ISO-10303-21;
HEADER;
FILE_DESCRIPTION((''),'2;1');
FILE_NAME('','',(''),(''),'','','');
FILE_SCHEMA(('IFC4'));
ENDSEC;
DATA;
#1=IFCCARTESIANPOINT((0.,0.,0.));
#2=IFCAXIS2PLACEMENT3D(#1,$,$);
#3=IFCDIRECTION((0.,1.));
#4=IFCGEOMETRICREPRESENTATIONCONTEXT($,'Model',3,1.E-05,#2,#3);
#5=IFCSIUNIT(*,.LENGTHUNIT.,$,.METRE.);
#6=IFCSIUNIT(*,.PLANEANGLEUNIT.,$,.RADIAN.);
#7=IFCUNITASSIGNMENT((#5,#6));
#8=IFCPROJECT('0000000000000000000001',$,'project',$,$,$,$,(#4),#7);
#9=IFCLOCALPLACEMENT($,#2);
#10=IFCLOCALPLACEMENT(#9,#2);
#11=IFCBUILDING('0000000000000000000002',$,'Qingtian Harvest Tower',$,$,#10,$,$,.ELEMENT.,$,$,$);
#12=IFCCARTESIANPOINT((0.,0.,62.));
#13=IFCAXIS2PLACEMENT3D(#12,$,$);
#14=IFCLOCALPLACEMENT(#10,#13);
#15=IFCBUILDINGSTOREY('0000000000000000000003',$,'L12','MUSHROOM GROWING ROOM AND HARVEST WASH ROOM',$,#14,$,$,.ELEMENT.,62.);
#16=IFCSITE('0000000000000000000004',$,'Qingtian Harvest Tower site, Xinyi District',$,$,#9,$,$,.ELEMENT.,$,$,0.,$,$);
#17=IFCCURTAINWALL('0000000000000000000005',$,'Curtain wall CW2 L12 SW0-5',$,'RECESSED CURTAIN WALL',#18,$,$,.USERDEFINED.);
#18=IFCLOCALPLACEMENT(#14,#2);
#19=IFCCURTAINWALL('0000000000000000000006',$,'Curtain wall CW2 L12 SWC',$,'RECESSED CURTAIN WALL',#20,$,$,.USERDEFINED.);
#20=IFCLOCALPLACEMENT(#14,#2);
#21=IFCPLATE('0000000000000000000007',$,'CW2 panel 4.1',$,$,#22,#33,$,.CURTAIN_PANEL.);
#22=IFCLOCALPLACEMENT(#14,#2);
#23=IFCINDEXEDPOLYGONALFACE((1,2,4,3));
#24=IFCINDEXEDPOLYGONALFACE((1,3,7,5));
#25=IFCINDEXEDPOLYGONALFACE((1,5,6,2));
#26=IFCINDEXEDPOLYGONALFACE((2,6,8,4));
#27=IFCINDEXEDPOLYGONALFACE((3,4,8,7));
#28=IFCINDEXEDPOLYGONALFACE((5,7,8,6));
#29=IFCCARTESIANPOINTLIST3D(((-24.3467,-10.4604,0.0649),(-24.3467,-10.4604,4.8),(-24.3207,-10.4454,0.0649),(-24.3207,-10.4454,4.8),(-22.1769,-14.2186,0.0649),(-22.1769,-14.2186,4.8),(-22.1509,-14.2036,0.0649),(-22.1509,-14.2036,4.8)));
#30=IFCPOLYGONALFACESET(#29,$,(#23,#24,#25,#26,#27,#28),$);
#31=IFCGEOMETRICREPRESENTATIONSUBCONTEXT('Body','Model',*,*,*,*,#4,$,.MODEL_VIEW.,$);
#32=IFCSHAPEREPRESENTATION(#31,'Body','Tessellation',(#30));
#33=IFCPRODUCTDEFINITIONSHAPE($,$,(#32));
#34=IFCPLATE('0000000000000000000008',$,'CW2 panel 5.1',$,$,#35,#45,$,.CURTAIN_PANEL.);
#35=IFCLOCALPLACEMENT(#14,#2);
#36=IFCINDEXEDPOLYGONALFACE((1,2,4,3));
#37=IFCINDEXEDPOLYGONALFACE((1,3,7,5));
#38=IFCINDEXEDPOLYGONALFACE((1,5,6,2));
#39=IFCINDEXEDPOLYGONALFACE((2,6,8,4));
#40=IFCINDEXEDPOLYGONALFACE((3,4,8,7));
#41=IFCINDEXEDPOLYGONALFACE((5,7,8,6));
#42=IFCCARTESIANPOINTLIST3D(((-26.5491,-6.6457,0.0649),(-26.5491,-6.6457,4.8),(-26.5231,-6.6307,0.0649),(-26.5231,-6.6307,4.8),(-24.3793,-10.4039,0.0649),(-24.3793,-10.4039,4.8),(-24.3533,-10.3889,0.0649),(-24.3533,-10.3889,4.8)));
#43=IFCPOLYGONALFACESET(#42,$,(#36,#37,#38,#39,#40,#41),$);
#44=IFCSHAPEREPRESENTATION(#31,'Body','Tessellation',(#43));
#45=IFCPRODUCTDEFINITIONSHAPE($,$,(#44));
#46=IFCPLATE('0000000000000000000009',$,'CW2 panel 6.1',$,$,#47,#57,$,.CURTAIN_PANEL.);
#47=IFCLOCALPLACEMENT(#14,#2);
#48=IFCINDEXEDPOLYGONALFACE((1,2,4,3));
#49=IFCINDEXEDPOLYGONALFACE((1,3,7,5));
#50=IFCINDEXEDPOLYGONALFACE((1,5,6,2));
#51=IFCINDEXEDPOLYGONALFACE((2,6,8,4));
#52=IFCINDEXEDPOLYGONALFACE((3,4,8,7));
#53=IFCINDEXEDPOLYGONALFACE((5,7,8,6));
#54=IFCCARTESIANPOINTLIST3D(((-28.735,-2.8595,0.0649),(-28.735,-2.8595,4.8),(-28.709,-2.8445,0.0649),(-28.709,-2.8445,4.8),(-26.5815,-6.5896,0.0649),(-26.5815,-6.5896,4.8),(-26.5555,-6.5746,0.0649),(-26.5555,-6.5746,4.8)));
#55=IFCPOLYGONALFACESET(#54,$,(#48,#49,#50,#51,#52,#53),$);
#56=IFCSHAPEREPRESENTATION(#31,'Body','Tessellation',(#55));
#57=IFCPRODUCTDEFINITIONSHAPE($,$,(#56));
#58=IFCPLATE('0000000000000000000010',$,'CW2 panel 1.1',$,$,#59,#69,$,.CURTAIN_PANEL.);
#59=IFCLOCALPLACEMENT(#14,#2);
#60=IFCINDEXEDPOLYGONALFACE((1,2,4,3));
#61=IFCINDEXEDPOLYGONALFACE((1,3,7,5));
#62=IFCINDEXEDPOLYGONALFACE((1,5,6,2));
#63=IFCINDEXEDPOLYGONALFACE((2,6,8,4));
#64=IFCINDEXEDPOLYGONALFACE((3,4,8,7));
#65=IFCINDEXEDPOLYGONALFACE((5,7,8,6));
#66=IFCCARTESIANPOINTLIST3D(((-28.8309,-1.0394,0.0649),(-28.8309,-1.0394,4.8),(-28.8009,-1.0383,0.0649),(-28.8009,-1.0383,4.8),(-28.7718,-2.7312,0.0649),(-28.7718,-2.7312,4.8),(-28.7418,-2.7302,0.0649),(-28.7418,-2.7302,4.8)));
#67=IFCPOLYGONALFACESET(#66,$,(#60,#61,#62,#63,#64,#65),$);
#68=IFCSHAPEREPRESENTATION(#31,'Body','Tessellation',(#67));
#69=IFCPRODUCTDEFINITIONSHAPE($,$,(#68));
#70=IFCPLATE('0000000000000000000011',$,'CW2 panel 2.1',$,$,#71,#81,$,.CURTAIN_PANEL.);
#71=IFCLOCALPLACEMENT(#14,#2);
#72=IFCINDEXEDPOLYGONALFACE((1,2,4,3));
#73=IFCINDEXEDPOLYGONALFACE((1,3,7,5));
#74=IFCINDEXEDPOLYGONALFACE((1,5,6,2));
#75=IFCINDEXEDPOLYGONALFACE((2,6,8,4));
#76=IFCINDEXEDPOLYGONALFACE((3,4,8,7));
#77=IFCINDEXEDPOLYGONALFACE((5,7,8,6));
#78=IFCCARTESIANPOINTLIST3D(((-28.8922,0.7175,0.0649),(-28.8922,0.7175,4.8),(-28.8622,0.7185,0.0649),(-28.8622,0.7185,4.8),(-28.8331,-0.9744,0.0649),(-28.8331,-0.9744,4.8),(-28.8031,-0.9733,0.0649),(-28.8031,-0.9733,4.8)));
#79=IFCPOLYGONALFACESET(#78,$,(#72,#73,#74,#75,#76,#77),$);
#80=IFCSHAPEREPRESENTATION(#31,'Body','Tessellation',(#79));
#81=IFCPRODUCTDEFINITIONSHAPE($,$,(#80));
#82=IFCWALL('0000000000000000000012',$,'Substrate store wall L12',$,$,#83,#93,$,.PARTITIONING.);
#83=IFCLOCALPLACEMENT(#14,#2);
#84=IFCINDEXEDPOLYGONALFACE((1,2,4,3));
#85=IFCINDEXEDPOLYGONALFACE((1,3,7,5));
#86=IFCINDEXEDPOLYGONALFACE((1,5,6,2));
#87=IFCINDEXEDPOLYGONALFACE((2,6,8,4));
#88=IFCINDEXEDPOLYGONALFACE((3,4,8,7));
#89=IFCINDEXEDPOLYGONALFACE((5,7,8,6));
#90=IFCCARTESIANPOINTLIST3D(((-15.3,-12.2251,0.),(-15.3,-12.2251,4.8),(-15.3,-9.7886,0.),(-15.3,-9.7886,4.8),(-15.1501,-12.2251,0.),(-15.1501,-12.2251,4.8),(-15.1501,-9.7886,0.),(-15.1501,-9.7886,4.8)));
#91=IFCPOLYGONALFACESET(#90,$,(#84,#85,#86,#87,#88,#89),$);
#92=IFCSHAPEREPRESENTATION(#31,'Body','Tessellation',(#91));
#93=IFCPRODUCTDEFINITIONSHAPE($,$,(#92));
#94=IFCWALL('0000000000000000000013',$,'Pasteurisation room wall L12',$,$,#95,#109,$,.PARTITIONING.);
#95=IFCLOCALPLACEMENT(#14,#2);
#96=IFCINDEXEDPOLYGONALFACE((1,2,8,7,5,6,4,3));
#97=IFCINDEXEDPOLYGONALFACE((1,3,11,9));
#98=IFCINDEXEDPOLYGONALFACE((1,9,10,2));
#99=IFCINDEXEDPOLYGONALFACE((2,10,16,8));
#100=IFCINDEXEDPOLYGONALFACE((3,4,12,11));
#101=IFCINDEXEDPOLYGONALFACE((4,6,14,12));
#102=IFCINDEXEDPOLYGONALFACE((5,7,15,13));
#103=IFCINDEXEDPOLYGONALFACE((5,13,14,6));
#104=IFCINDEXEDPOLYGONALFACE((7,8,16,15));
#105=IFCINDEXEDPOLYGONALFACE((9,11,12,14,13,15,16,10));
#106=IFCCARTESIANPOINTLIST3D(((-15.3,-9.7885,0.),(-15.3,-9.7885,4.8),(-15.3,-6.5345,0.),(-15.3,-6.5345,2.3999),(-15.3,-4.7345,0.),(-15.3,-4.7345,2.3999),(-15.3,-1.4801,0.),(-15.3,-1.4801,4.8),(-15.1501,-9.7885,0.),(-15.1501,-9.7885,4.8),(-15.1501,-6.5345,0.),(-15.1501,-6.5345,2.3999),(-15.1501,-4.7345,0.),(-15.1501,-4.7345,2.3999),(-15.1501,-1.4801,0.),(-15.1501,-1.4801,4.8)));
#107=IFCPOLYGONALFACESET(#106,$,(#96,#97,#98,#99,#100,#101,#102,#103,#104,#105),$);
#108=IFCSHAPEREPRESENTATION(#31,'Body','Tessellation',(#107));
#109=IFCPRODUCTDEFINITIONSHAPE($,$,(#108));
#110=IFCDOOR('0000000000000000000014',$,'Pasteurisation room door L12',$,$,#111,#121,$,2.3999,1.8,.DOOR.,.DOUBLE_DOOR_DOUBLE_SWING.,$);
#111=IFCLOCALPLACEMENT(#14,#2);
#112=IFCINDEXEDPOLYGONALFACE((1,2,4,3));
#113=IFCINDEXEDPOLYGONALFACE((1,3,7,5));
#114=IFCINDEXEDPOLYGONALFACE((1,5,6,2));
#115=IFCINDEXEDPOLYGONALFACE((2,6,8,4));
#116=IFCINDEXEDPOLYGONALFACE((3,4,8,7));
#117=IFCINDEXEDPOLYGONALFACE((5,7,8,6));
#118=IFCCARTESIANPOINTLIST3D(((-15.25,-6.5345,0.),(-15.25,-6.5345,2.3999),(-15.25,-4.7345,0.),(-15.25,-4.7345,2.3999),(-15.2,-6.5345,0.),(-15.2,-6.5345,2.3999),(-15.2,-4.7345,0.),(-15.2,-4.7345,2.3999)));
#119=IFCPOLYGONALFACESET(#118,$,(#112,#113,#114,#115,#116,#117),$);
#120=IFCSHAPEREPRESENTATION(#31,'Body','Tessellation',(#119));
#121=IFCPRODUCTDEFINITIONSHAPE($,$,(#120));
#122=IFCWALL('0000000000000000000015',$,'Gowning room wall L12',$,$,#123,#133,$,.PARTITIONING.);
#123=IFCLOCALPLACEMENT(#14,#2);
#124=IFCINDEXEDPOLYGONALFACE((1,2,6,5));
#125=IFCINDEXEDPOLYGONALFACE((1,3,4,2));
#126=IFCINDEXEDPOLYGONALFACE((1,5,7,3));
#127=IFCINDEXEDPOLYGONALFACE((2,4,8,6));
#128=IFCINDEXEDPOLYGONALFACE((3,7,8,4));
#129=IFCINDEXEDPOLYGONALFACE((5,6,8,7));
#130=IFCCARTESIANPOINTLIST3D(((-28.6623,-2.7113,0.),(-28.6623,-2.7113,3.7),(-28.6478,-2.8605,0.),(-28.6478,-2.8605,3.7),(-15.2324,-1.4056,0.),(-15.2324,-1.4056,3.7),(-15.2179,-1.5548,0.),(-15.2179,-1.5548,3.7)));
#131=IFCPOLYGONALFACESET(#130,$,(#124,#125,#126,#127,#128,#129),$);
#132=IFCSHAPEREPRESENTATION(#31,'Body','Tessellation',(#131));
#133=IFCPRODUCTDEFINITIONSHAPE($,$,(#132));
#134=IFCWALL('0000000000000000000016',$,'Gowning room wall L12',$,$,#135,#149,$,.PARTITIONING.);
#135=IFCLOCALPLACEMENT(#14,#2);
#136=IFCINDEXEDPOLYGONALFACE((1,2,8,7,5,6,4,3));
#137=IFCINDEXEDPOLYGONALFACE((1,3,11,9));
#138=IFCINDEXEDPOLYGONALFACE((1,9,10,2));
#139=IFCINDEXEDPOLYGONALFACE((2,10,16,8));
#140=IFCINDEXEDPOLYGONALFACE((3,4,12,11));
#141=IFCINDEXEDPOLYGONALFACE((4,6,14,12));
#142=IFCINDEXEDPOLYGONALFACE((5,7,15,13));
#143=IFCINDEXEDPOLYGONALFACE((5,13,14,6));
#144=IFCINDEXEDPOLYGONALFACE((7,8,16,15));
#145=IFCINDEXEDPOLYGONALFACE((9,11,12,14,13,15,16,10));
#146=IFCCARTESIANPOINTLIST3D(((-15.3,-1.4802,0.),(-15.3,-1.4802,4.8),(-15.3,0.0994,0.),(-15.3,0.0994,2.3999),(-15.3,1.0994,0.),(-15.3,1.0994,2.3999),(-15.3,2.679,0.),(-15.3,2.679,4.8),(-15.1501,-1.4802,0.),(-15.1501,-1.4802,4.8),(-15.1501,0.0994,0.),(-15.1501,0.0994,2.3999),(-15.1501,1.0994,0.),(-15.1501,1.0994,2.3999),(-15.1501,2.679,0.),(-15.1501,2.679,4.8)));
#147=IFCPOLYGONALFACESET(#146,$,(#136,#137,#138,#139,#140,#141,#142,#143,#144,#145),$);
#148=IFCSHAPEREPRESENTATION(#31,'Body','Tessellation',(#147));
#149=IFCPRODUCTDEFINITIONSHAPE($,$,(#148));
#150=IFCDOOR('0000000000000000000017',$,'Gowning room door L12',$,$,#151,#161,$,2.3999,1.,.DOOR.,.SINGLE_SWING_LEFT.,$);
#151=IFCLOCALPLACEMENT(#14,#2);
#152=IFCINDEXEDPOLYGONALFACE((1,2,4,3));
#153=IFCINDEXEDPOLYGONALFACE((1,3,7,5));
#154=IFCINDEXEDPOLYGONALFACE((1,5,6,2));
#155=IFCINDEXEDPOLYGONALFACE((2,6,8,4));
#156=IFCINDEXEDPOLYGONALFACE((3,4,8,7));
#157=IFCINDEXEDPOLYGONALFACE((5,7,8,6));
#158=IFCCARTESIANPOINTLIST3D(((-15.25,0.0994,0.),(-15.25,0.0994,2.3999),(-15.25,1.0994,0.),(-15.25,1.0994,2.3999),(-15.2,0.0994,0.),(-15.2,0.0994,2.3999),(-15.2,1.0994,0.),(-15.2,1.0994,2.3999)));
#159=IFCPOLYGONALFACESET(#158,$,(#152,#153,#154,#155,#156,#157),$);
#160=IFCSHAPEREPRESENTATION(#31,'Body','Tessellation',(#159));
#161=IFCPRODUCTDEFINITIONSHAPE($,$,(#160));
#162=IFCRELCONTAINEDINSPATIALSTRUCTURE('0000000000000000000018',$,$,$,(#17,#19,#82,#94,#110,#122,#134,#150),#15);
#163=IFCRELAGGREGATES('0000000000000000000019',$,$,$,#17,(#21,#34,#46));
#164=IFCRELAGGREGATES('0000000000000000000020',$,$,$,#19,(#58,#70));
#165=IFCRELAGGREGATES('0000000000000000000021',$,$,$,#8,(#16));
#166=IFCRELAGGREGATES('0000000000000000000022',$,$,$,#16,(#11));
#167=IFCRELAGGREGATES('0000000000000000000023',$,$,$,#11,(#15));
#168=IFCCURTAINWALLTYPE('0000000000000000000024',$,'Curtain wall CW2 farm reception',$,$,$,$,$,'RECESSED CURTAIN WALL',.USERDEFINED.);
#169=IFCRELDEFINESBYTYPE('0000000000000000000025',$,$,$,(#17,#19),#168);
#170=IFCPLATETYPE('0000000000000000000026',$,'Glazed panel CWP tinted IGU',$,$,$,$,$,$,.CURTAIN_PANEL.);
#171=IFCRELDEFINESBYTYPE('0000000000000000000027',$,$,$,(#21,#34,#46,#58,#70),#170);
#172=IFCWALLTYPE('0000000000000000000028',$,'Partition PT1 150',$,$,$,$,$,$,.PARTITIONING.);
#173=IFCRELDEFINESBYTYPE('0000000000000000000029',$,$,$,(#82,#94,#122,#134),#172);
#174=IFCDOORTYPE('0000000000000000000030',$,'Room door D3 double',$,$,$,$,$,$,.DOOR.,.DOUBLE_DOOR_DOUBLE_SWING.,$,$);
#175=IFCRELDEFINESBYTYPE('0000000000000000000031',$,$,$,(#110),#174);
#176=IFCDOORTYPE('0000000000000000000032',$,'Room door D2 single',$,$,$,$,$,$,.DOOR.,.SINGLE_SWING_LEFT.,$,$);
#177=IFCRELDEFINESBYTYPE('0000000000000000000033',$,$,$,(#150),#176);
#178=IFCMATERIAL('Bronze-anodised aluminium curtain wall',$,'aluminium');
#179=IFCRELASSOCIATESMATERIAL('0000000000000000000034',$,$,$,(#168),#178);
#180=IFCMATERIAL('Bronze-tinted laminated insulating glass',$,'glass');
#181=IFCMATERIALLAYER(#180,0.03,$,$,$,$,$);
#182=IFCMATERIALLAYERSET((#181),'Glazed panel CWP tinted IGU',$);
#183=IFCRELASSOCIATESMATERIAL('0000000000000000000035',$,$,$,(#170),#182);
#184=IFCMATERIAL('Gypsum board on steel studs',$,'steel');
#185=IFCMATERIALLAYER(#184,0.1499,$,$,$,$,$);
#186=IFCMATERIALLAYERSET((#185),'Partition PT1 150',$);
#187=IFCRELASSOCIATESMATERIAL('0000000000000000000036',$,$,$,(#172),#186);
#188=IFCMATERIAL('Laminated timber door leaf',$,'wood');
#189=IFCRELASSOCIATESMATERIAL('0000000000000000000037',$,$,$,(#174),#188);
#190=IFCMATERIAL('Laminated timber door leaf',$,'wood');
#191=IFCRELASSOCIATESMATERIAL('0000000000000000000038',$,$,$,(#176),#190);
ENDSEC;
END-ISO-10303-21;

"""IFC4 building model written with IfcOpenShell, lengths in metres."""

from ifc_helpers import new_model, si_unit, direction, frame, frame_2d, origin, origin_2d, place, context, subcontext, project, spatial, rectangle, extrude, material, layer, layer_set, type_object, element, fill, aggregate, save


model = new_model("IFC4")

# Units and contexts
model_context = context("Model", 3, precision=1e-05, world=origin(), true_north=direction((0.0, 1.0)))
body_context = subcontext(model_context, "Body", "Model", "MODEL_VIEW")
ifc_project = project(units=[si_unit("LENGTHUNIT", "METRE"), si_unit("PLANEANGLEUNIT", "RADIAN")], contexts=[model_context])

# Site, building, storey
site_placement = place(None, origin())
site = spatial("IfcSite", under=ifc_project, at=site_placement, Name="Qingtian Harvest Tower site, Xinyi District", CompositionType="ELEMENT", RefElevation=0.0)
building_placement = place(site_placement, origin())
building = spatial("IfcBuilding", under=site, at=building_placement, Name="Qingtian Harvest Tower", CompositionType="ELEMENT")
storey_placement = place(building_placement, frame((0.0, 0.0, 62.0)))
storey = spatial("IfcBuildingStorey", under=building, at=storey_placement, Name="L12", Description="MUSHROOM GROWING ROOM AND HARVEST WASH ROOM", CompositionType="ELEMENT", Elevation=62.0)

# Curtain walls
ifc_material_1 = material(Name="Bronze-anodised aluminium curtain wall", Category="aluminium")
curtain_wall_type = type_object("IfcCurtainWallType", Name="Curtain wall CW2 farm reception", ElementType="RECESSED CURTAIN WALL", PredefinedType="USERDEFINED", material=ifc_material_1)
curtain_wall_1_placement = place(storey_placement, origin())
curtain_wall_1 = element("IfcCurtainWall", 1, at=curtain_wall_1_placement, inside=storey, type_object=curtain_wall_type, Name="Curtain wall CW2 L12 SW0-5", ObjectType="RECESSED CURTAIN WALL", PredefinedType="USERDEFINED")
curtain_wall_2_placement = place(storey_placement, origin())
curtain_wall_2 = element("IfcCurtainWall", 2, at=curtain_wall_2_placement, inside=storey, type_object=curtain_wall_type, Name="Curtain wall CW2 L12 SWC", ObjectType="RECESSED CURTAIN WALL", PredefinedType="USERDEFINED")

# Plates
ifc_material_2 = material(Name="Bronze-tinted laminated insulating glass", Category="glass")
ifc_layer_1 = layer(ifc_material_2, 0.03)
ifc_layer_set_1 = layer_set([ifc_layer_1], Name="Glazed panel CWP tinted IGU")
plate_type = type_object("IfcPlateType", Name="Glazed panel CWP tinted IGU", PredefinedType="CURTAIN_PANEL", material=ifc_layer_set_1)
plate_1_placement = place(storey_placement, frame((-23.2488, -12.332, 0.0649), z_axis=(0.0, 0.0, 1.0), x_axis=(-0.5, 0.866025, 0.0)))
plate_1 = element("IfcPlate", 3, at=plate_1_placement, type_object=plate_type, Name="CW2 panel 4.1", PredefinedType="CURTAIN_PANEL", context=body_context, shape_type="SweptSolid", body=[
    extrude(rectangle(XDim=4.3396, YDim=0.03, at=origin_2d()), origin(), (0.0, 0.0, 1.0), 4.7351),
])
plate_2_placement = place(storey_placement, frame((-25.4512, -8.5173, 0.0649), z_axis=(0.0, 0.0, 1.0), x_axis=(-0.5, 0.866025, 0.0)))
plate_2 = element("IfcPlate", 4, at=plate_2_placement, type_object=plate_type, Name="CW2 panel 5.1", PredefinedType="CURTAIN_PANEL", context=body_context, shape_type="SweptSolid", body=[
    extrude(rectangle(XDim=4.3396, YDim=0.03, at=origin_2d()), origin(), (0.0, 0.0, 1.0), 4.7351),
])
plate_3_placement = place(storey_placement, frame((-27.6453, -4.717, 0.0649), z_axis=(0.0, 0.0, 1.0), x_axis=(-0.5, 0.866025, 0.0)))
plate_3 = element("IfcPlate", 5, at=plate_3_placement, type_object=plate_type, Name="CW2 panel 6.1", PredefinedType="CURTAIN_PANEL", context=body_context, shape_type="SweptSolid", body=[
    extrude(rectangle(XDim=4.3071, YDim=0.03, at=origin_2d()), origin(), (0.0, 0.0, 1.0), 4.7351),
])
aggregate(curtain_wall_1, [plate_1, plate_2, plate_3])
plate_4_placement = place(storey_placement, frame((-28.7864, -1.8848, 0.0649), z_axis=(0.0, 0.0, 1.0), x_axis=(-0.034899, 0.999391, 0.0)))
plate_4 = element("IfcPlate", 6, at=plate_4_placement, type_object=plate_type, Name="CW2 panel 1.1", PredefinedType="CURTAIN_PANEL", context=body_context, shape_type="SweptSolid", body=[
    extrude(rectangle(XDim=1.6929, YDim=0.03, at=origin_2d()), origin(), (0.0, 0.0, 1.0), 4.7351),
])
plate_5_placement = place(storey_placement, frame((-28.8477, -0.1279, 0.0649), z_axis=(0.0, 0.0, 1.0), x_axis=(-0.034899, 0.999391, 0.0)))
plate_5 = element("IfcPlate", 7, at=plate_5_placement, type_object=plate_type, Name="CW2 panel 2.1", PredefinedType="CURTAIN_PANEL", context=body_context, shape_type="SweptSolid", body=[
    extrude(rectangle(XDim=1.6929, YDim=0.03, at=origin_2d()), origin(), (0.0, 0.0, 1.0), 4.7351),
])
aggregate(curtain_wall_2, [plate_4, plate_5])

# Wall
ifc_material_3 = material(Name="Gypsum board on steel studs", Category="steel")
ifc_layer_2 = layer(ifc_material_3, 0.1499)
ifc_layer_set_2 = layer_set([ifc_layer_2], Name="Partition PT1 150")
wall_type = type_object("IfcWallType", Name="Partition PT1 150", PredefinedType="PARTITIONING", material=ifc_layer_set_2)
wall_1_placement = place(storey_placement, frame((-15.2251, -12.2251, 0.0), z_axis=(0.0, 0.0, 1.0), x_axis=(0.0, 1.0, 0.0)))
element("IfcWall", 8, at=wall_1_placement, inside=storey, type_object=wall_type, Name="Substrate store wall L12", PredefinedType="PARTITIONING", context=body_context, shape_type="SweptSolid", body=[
    extrude(rectangle(XDim=2.4365, YDim=0.1499, at=frame_2d((1.2183, 0.0))), origin(), (0.0, 0.0, 1.0), 4.8),
])

# Wall, opening, door
wall_2_placement = place(storey_placement, frame((-15.2251, -9.7886, 0.0), z_axis=(0.0, 0.0, 1.0), x_axis=(0.0, 1.0, 0.0)))
wall_2 = element("IfcWall", 9, at=wall_2_placement, inside=storey, type_object=wall_type, Name="Pasteurisation room wall L12", PredefinedType="PARTITIONING", context=body_context, shape_type="SweptSolid", body=[
    extrude(rectangle(XDim=8.3083, YDim=0.1499, at=frame_2d((4.1543, 0.0))), origin(), (0.0, 0.0, 1.0), 4.8),
])
opening_1_placement = place(wall_2_placement, frame((3.2542, 0.0, 0.0)))
opening_1 = element("IfcOpeningElement", 10, at=opening_1_placement, cuts=wall_2, PredefinedType="OPENING", context=body_context, shape_type="SweptSolid", body=[
    extrude(rectangle(XDim=1.8, YDim=2.3999, at=frame_2d((0.8999, 1.2))), frame((0.0, 0.085, 0.0), z_axis=(0.0, -1.0, 0.0), x_axis=(1.0, 0.0, 0.0)), (0.0, 0.0, 1.0), 0.1699),
])
ifc_material_4 = material(Name="Laminated timber door leaf", Category="wood")
door_type_1 = type_object("IfcDoorType", Name="Room door D3 double", OperationType="DOUBLE_DOOR_DOUBLE_SWING", PredefinedType="DOOR", material=ifc_material_4)
door_1_placement = place(opening_1_placement, origin())
door_1 = element("IfcDoor", 11, at=door_1_placement, inside=storey, type_object=door_type_1, Name="Pasteurisation room door L12", OperationType="DOUBLE_DOOR_DOUBLE_SWING", OverallHeight=2.3999, OverallWidth=1.8, PredefinedType="DOOR", context=body_context, shape_type="SweptSolid", body=[
    extrude(rectangle(XDim=1.8, YDim=2.3999, at=frame_2d((0.8999, 1.2))), frame((0.0, 0.0249, 0.0), z_axis=(0.0, -1.0, 0.0), x_axis=(1.0, 0.0, 0.0)), (0.0, 0.0, 1.0), 0.05),
])
fill(opening_1, door_1)

# Wall
wall_3_placement = place(storey_placement, frame((-28.655, -2.7859, 0.0), z_axis=(0.0, 0.0, 1.0), x_axis=(0.995307, 0.096764, 0.0)))
element("IfcWall", 12, at=wall_3_placement, inside=storey, type_object=wall_type, Name="Gowning room wall L12", PredefinedType="PARTITIONING", context=body_context, shape_type="SweptSolid", body=[
    extrude(rectangle(XDim=13.4932, YDim=0.1499, at=frame_2d((6.7466, 0.0))), origin(), (0.0, 0.0, 1.0), 3.7),
])

# Wall, opening, door
wall_4_placement = place(storey_placement, frame((-15.2251, -1.4802, 0.0), z_axis=(0.0, 0.0, 1.0), x_axis=(0.0, 1.0, 0.0)))
wall_4 = element("IfcWall", 13, at=wall_4_placement, inside=storey, type_object=wall_type, Name="Gowning room wall L12", PredefinedType="PARTITIONING", context=body_context, shape_type="SweptSolid", body=[
    extrude(rectangle(XDim=4.1592, YDim=0.1499, at=frame_2d((2.0796, 0.0))), origin(), (0.0, 0.0, 1.0), 4.8),
])
opening_2_placement = place(wall_4_placement, frame((1.5796, 0.0, 0.0)))
opening_2 = element("IfcOpeningElement", 14, at=opening_2_placement, cuts=wall_4, PredefinedType="OPENING", context=body_context, shape_type="SweptSolid", body=[
    extrude(rectangle(XDim=1.0, YDim=2.3999, at=frame_2d((0.5, 1.2))), frame((0.0, 0.085, 0.0), z_axis=(0.0, -1.0, 0.0), x_axis=(1.0, 0.0, 0.0)), (0.0, 0.0, 1.0), 0.1699),
])
ifc_material_5 = material(Name="Laminated timber door leaf", Category="wood")
door_type_2 = type_object("IfcDoorType", Name="Room door D2 single", OperationType="SINGLE_SWING_LEFT", PredefinedType="DOOR", material=ifc_material_5)
door_2_placement = place(opening_2_placement, origin())
door_2 = element("IfcDoor", 15, at=door_2_placement, inside=storey, type_object=door_type_2, Name="Gowning room door L12", OperationType="SINGLE_SWING_LEFT", OverallHeight=2.3999, OverallWidth=1.0, PredefinedType="DOOR", context=body_context, shape_type="SweptSolid", body=[
    extrude(rectangle(XDim=1.0, YDim=2.3999, at=frame_2d((0.5, 1.2))), frame((0.0, 0.0249, 0.0), z_axis=(0.0, -1.0, 0.0), x_axis=(1.0, 0.0, 0.0)), (0.0, 0.0, 1.0), 0.05),
])
fill(opening_2, door_2)

save(model, "model.ifc")
